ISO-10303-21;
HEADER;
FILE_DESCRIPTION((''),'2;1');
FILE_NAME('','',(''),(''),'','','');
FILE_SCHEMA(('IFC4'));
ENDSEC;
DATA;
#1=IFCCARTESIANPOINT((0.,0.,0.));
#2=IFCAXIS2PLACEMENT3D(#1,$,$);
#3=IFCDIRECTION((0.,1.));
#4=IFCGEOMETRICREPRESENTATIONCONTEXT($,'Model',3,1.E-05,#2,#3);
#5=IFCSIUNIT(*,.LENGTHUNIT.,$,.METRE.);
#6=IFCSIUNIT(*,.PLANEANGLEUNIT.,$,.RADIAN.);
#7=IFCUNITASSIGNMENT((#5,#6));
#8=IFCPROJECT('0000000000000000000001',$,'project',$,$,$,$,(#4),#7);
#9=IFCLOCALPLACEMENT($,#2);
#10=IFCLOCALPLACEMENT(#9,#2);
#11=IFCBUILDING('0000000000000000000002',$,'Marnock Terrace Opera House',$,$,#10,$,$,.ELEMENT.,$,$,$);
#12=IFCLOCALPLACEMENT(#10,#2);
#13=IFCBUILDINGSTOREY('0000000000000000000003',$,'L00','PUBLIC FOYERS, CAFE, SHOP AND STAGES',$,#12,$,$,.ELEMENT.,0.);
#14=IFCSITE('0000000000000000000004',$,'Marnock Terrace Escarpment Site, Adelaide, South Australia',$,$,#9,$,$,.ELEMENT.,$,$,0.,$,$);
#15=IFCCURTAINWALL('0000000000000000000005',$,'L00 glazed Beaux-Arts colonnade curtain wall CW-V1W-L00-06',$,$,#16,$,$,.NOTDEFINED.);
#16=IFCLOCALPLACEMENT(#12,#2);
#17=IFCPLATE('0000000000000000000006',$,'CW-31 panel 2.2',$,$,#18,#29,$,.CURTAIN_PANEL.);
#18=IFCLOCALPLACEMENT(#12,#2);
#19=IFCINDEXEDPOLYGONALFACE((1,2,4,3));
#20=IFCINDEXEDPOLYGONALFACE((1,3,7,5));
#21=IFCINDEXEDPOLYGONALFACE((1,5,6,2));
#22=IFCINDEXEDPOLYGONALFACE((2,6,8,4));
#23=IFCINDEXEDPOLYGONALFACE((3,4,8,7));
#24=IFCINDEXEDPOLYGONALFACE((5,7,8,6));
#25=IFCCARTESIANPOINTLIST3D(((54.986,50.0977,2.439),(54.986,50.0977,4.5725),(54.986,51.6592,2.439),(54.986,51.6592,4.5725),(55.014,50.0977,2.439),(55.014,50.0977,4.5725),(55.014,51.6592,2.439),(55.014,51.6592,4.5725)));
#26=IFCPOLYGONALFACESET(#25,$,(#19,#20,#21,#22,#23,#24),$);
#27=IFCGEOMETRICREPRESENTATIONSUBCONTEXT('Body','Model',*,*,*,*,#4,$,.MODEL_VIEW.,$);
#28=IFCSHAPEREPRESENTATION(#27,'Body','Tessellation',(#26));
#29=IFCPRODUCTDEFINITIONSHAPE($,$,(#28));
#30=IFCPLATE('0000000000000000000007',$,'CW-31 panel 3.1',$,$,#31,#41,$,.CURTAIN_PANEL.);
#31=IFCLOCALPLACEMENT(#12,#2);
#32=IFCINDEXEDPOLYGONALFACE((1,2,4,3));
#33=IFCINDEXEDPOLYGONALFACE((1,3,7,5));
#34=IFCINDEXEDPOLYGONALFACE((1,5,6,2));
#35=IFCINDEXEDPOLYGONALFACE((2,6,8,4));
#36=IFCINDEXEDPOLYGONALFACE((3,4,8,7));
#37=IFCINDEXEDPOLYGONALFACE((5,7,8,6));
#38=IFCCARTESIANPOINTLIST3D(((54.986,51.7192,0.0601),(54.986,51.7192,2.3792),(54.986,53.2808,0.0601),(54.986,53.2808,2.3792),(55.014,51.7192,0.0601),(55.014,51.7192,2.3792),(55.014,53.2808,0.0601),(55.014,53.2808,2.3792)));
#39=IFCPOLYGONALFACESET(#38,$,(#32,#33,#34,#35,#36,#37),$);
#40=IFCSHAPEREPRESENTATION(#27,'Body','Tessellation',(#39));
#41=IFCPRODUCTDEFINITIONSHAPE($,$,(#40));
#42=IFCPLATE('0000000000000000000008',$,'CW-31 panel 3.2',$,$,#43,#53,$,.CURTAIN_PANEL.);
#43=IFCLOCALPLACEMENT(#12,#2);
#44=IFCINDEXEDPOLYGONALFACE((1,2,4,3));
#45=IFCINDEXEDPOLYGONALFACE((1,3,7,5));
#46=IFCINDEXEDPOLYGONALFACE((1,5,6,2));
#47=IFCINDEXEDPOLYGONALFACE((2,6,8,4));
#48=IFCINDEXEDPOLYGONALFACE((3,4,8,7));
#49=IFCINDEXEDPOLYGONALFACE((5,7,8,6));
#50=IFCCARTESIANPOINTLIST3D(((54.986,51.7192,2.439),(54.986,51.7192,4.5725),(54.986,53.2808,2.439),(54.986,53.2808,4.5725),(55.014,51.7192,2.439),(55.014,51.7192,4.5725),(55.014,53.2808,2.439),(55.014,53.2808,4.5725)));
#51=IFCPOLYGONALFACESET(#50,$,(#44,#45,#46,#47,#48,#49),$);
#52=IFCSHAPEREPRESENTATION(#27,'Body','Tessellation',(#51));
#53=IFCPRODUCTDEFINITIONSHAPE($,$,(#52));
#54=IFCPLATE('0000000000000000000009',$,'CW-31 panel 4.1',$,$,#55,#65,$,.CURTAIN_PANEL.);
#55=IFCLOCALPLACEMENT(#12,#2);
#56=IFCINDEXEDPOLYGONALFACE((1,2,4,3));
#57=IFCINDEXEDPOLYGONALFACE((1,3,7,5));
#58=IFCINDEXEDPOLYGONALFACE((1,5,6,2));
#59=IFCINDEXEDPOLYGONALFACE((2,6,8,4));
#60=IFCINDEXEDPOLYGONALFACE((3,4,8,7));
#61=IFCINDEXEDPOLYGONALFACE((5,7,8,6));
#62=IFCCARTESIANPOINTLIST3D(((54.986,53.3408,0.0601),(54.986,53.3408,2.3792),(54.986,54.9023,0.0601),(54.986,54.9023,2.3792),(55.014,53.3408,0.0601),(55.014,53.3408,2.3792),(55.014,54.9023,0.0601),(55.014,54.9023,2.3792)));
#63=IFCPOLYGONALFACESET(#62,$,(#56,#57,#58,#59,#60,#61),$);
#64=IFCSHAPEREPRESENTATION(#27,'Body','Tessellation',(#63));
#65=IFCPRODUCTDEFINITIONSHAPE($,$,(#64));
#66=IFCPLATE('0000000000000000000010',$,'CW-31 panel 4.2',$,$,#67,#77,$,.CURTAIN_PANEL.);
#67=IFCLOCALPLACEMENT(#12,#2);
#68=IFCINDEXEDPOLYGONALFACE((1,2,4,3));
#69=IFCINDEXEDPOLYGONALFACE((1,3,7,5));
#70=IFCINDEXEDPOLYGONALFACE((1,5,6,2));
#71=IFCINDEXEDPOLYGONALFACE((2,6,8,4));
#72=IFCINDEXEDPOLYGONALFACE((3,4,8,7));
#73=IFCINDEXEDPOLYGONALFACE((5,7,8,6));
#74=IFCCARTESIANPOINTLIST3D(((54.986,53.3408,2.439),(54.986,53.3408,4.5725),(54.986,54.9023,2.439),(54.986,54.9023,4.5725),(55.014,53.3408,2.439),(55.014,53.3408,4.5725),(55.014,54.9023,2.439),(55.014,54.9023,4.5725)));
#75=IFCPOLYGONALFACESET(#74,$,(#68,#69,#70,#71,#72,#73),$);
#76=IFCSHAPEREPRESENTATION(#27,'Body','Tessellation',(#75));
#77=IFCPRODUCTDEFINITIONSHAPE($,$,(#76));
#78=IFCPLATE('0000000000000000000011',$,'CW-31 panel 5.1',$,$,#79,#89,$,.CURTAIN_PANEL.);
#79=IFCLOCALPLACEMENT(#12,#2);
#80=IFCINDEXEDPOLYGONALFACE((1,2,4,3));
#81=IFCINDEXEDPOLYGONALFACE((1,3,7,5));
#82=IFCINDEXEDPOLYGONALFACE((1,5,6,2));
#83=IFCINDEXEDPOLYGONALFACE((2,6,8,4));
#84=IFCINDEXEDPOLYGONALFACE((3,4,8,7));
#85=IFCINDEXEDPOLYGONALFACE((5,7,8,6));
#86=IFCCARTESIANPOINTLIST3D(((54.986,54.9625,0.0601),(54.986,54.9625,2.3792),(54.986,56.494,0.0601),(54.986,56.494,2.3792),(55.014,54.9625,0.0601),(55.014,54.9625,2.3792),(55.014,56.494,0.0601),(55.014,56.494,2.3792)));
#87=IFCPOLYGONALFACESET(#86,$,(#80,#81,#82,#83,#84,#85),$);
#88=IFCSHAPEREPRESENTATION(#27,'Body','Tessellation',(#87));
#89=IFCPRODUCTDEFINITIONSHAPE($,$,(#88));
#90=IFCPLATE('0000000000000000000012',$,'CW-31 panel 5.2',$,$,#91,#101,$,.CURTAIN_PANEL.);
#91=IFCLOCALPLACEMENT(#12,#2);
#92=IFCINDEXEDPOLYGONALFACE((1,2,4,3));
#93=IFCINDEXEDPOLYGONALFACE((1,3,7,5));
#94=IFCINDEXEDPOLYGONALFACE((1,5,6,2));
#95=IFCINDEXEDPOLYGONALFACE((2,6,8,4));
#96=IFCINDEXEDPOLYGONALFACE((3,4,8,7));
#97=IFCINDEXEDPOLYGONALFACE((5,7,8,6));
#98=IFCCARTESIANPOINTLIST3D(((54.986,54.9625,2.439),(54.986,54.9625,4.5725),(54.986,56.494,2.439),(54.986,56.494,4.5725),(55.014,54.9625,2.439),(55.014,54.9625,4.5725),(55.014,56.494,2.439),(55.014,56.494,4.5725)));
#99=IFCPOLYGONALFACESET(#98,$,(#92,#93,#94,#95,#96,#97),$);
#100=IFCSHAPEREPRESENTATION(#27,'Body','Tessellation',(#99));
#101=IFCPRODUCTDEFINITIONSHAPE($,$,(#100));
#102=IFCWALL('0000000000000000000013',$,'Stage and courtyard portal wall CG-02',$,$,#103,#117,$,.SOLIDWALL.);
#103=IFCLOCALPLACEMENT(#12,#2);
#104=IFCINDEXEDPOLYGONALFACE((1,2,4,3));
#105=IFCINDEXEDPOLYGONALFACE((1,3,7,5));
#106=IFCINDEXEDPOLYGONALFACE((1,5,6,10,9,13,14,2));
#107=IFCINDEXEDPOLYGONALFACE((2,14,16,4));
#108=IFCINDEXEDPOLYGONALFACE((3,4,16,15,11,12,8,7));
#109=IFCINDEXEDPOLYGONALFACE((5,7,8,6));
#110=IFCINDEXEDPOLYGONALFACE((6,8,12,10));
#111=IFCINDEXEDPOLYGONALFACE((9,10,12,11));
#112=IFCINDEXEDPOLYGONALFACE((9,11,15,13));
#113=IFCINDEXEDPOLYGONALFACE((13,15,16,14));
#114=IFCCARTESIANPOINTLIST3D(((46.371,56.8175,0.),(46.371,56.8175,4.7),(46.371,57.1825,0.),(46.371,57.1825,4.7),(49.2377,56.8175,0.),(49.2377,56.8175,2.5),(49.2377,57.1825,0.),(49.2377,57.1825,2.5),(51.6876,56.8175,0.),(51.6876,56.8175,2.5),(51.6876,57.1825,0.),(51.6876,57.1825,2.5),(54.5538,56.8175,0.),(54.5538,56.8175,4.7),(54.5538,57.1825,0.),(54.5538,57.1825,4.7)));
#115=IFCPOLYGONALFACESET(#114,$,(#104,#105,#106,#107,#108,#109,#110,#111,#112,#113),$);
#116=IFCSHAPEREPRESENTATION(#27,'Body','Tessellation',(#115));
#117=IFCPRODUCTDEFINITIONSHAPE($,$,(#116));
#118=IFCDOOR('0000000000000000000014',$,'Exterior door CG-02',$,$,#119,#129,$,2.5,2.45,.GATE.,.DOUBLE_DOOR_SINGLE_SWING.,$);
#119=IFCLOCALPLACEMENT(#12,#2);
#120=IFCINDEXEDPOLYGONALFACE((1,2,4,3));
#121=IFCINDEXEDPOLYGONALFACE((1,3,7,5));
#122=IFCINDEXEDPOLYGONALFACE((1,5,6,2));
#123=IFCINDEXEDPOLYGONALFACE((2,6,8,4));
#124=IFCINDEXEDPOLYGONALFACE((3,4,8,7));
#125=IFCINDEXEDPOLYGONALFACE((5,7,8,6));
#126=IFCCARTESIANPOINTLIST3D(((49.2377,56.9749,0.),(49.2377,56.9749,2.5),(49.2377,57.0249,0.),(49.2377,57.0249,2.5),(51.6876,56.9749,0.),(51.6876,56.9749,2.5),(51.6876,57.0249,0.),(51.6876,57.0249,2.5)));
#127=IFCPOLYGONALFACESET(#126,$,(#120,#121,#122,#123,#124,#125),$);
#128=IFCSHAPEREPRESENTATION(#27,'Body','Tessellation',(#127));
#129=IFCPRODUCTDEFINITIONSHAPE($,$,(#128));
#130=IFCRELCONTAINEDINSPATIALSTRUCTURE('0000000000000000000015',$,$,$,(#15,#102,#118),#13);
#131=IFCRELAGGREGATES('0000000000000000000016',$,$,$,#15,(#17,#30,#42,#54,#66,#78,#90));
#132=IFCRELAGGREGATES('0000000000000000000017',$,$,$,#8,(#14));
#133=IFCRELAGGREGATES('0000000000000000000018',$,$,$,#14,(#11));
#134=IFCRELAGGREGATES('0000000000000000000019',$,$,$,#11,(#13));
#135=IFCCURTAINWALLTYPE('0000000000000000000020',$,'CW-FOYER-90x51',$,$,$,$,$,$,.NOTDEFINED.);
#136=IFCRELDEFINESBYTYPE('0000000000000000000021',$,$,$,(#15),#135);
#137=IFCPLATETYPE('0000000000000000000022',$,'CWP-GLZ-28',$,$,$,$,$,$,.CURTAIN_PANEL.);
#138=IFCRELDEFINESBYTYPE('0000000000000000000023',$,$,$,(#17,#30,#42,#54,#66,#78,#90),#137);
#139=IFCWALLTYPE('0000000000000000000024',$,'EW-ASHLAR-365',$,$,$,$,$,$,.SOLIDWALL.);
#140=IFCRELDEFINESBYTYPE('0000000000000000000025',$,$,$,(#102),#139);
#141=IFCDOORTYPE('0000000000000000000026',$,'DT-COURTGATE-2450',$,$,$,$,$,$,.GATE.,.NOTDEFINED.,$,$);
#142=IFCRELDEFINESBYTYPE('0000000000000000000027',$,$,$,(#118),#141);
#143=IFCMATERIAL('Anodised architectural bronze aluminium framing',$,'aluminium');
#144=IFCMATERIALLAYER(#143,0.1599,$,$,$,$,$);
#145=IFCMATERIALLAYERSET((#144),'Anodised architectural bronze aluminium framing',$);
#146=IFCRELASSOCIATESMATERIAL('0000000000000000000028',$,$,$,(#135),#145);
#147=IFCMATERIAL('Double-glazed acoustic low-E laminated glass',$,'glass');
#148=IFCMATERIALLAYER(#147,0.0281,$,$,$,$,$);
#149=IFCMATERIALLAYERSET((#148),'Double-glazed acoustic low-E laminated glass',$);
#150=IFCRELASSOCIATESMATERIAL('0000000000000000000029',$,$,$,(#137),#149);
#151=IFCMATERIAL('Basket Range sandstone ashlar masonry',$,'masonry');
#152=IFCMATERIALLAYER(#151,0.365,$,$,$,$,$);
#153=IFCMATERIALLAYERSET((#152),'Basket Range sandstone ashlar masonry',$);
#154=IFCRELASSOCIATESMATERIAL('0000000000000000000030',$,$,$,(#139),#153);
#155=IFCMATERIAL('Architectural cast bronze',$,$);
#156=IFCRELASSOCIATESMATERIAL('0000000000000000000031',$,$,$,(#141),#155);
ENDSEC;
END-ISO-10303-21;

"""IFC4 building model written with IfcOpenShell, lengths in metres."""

from ifc_helpers import new_model, si_unit, direction, frame, frame_2d, origin, origin_2d, place, context, subcontext, project, spatial, rectangle, extrude, material, layer, layer_set, type_object, element, fill, aggregate, save


model = new_model("IFC4")

# Units and contexts
model_context = context("Model", 3, precision=1e-05, world=origin(), true_north=direction((0.0, 1.0)))
body_context = subcontext(model_context, "Body", "Model", "MODEL_VIEW")
ifc_project = project(units=[si_unit("LENGTHUNIT", "METRE"), si_unit("PLANEANGLEUNIT", "RADIAN")], contexts=[model_context])

# Site, building, storey
site_placement = place(None, origin())
site = spatial("IfcSite", under=ifc_project, at=site_placement, Name="Marnock Terrace Escarpment Site, Adelaide, South Australia", CompositionType="ELEMENT", RefElevation=0.0)
building_placement = place(site_placement, origin())
building = spatial("IfcBuilding", under=site, at=building_placement, Name="Marnock Terrace Opera House", CompositionType="ELEMENT")
storey_placement = place(building_placement, origin())
storey = spatial("IfcBuildingStorey", under=building, at=storey_placement, Name="L00", Description="PUBLIC FOYERS, CAFE, SHOP AND STAGES", CompositionType="ELEMENT", Elevation=0.0)

# Curtain wall, plates
ifc_material_1 = material(Name="Anodised architectural bronze aluminium framing", Category="aluminium")
ifc_layer_1 = layer(ifc_material_1, 0.1599)
ifc_layer_set_1 = layer_set([ifc_layer_1], Name="Anodised architectural bronze aluminium framing")
curtain_wall_type = type_object("IfcCurtainWallType", Name="CW-FOYER-90x51", PredefinedType="NOTDEFINED", material=ifc_layer_set_1)
curtain_wall_placement = place(storey_placement, origin())
curtain_wall = element("IfcCurtainWall", 1, at=curtain_wall_placement, inside=storey, type_object=curtain_wall_type, Name="L00 glazed Beaux-Arts colonnade curtain wall CW-V1W-L00-06", PredefinedType="NOTDEFINED")
ifc_material_2 = material(Name="Double-glazed acoustic low-E laminated glass", Category="glass")
ifc_layer_2 = layer(ifc_material_2, 0.0281)
ifc_layer_set_2 = layer_set([ifc_layer_2], Name="Double-glazed acoustic low-E laminated glass")
plate_type = type_object("IfcPlateType", Name="CWP-GLZ-28", PredefinedType="CURTAIN_PANEL", material=ifc_layer_set_2)
plate_1_placement = place(storey_placement, frame((55.0, 50.8784, 2.439), z_axis=(0.0, 0.0, 1.0), x_axis=(0.0, 1.0, 0.0)))
plate_1 = element("IfcPlate", 2, at=plate_1_placement, type_object=plate_type, Name="CW-31 panel 2.2", PredefinedType="CURTAIN_PANEL", context=body_context, shape_type="SweptSolid", body=[
    extrude(rectangle(XDim=1.5615, YDim=0.0281, at=origin_2d()), origin(), (0.0, 0.0, 1.0), 2.1335),
])
plate_2_placement = place(storey_placement, frame((55.0, 52.5, 0.0601), z_axis=(0.0, 0.0, 1.0), x_axis=(0.0, 1.0, 0.0)))
plate_2 = element("IfcPlate", 3, at=plate_2_placement, type_object=plate_type, Name="CW-31 panel 3.1", PredefinedType="CURTAIN_PANEL", context=body_context, shape_type="SweptSolid", body=[
    extrude(rectangle(XDim=1.5615, YDim=0.0281, at=origin_2d()), origin(), (0.0, 0.0, 1.0), 2.3191),
])
plate_3_placement = place(storey_placement, frame((55.0, 52.5, 2.439), z_axis=(0.0, 0.0, 1.0), x_axis=(0.0, 1.0, 0.0)))
plate_3 = element("IfcPlate", 4, at=plate_3_placement, type_object=plate_type, Name="CW-31 panel 3.2", PredefinedType="CURTAIN_PANEL", context=body_context, shape_type="SweptSolid", body=[
    extrude(rectangle(XDim=1.5615, YDim=0.0281, at=origin_2d()), origin(), (0.0, 0.0, 1.0), 2.1335),
])
plate_4_placement = place(storey_placement, frame((55.0, 54.1216, 0.0601), z_axis=(0.0, 0.0, 1.0), x_axis=(0.0, 1.0, 0.0)))
plate_4 = element("IfcPlate", 5, at=plate_4_placement, type_object=plate_type, Name="CW-31 panel 4.1", PredefinedType="CURTAIN_PANEL", context=body_context, shape_type="SweptSolid", body=[
    extrude(rectangle(XDim=1.5615, YDim=0.0281, at=origin_2d()), origin(), (0.0, 0.0, 1.0), 2.3191),
])
plate_5_placement = place(storey_placement, frame((55.0, 54.1216, 2.439), z_axis=(0.0, 0.0, 1.0), x_axis=(0.0, 1.0, 0.0)))
plate_5 = element("IfcPlate", 6, at=plate_5_placement, type_object=plate_type, Name="CW-31 panel 4.2", PredefinedType="CURTAIN_PANEL", context=body_context, shape_type="SweptSolid", body=[
    extrude(rectangle(XDim=1.5615, YDim=0.0281, at=origin_2d()), origin(), (0.0, 0.0, 1.0), 2.1335),
])
plate_6_placement = place(storey_placement, frame((55.0, 55.7283, 0.0601), z_axis=(0.0, 0.0, 1.0), x_axis=(0.0, 1.0, 0.0)))
plate_6 = element("IfcPlate", 7, at=plate_6_placement, type_object=plate_type, Name="CW-31 panel 5.1", PredefinedType="CURTAIN_PANEL", context=body_context, shape_type="SweptSolid", body=[
    extrude(rectangle(XDim=1.5315, YDim=0.0281, at=origin_2d()), origin(), (0.0, 0.0, 1.0), 2.3191),
])
plate_7_placement = place(storey_placement, frame((55.0, 55.7283, 2.439), z_axis=(0.0, 0.0, 1.0), x_axis=(0.0, 1.0, 0.0)))
plate_7 = element("IfcPlate", 8, at=plate_7_placement, type_object=plate_type, Name="CW-31 panel 5.2", PredefinedType="CURTAIN_PANEL", context=body_context, shape_type="SweptSolid", body=[
    extrude(rectangle(XDim=1.5315, YDim=0.0281, at=origin_2d()), origin(), (0.0, 0.0, 1.0), 2.1335),
])
aggregate(curtain_wall, [plate_1, plate_2, plate_3, plate_4, plate_5, plate_6, plate_7])

# Wall, opening, door
ifc_material_3 = material(Name="Basket Range sandstone ashlar masonry", Category="masonry")
ifc_layer_3 = layer(ifc_material_3, 0.365)
ifc_layer_set_3 = layer_set([ifc_layer_3], Name="Basket Range sandstone ashlar masonry")
wall_type = type_object("IfcWallType", Name="EW-ASHLAR-365", PredefinedType="SOLIDWALL", material=ifc_layer_set_3)
wall_placement = place(storey_placement, frame((46.3711, 57.0, 0.0), z_axis=(0.0, 0.0, 1.0), x_axis=(1.0, 0.0, 0.0)))
wall = element("IfcWall", 9, at=wall_placement, inside=storey, type_object=wall_type, Name="Stage and courtyard portal wall CG-02", PredefinedType="SOLIDWALL", context=body_context, shape_type="SweptSolid", body=[
    extrude(rectangle(XDim=8.1829, YDim=0.365, at=frame_2d((4.0913, 0.0))), origin(), (0.0, 0.0, 1.0), 4.7),
])
opening_placement = place(wall_placement, frame((2.8665, 0.0, 0.0)))
opening = element("IfcOpeningElement", 10, at=opening_placement, cuts=wall, PredefinedType="OPENING", context=body_context, shape_type="SweptSolid", body=[
    extrude(rectangle(XDim=2.45, YDim=2.5, at=frame_2d((1.2251, 1.25))), frame((0.0, 0.1924, 0.0), z_axis=(0.0, -1.0, 0.0), x_axis=(1.0, 0.0, 0.0)), (0.0, 0.0, 1.0), 0.385),
])
ifc_material_4 = material(Name="Architectural cast bronze")
door_type = type_object("IfcDoorType", Name="DT-COURTGATE-2450", OperationType="NOTDEFINED", PredefinedType="GATE", material=ifc_material_4)
door_placement = place(opening_placement, origin())
door = element("IfcDoor", 11, at=door_placement, inside=storey, type_object=door_type, Name="Exterior door CG-02", OperationType="DOUBLE_DOOR_SINGLE_SWING", OverallHeight=2.5, OverallWidth=2.45, PredefinedType="GATE", context=body_context, shape_type="SweptSolid", body=[
    extrude(rectangle(XDim=2.45, YDim=2.5, at=frame_2d((1.2251, 1.25))), frame((0.0, 0.0249, 0.0), z_axis=(0.0, -1.0, 0.0), x_axis=(1.0, 0.0, 0.0)), (0.0, 0.0, 1.0), 0.05),
])
fill(opening, door)

save(model, "model.ifc")
